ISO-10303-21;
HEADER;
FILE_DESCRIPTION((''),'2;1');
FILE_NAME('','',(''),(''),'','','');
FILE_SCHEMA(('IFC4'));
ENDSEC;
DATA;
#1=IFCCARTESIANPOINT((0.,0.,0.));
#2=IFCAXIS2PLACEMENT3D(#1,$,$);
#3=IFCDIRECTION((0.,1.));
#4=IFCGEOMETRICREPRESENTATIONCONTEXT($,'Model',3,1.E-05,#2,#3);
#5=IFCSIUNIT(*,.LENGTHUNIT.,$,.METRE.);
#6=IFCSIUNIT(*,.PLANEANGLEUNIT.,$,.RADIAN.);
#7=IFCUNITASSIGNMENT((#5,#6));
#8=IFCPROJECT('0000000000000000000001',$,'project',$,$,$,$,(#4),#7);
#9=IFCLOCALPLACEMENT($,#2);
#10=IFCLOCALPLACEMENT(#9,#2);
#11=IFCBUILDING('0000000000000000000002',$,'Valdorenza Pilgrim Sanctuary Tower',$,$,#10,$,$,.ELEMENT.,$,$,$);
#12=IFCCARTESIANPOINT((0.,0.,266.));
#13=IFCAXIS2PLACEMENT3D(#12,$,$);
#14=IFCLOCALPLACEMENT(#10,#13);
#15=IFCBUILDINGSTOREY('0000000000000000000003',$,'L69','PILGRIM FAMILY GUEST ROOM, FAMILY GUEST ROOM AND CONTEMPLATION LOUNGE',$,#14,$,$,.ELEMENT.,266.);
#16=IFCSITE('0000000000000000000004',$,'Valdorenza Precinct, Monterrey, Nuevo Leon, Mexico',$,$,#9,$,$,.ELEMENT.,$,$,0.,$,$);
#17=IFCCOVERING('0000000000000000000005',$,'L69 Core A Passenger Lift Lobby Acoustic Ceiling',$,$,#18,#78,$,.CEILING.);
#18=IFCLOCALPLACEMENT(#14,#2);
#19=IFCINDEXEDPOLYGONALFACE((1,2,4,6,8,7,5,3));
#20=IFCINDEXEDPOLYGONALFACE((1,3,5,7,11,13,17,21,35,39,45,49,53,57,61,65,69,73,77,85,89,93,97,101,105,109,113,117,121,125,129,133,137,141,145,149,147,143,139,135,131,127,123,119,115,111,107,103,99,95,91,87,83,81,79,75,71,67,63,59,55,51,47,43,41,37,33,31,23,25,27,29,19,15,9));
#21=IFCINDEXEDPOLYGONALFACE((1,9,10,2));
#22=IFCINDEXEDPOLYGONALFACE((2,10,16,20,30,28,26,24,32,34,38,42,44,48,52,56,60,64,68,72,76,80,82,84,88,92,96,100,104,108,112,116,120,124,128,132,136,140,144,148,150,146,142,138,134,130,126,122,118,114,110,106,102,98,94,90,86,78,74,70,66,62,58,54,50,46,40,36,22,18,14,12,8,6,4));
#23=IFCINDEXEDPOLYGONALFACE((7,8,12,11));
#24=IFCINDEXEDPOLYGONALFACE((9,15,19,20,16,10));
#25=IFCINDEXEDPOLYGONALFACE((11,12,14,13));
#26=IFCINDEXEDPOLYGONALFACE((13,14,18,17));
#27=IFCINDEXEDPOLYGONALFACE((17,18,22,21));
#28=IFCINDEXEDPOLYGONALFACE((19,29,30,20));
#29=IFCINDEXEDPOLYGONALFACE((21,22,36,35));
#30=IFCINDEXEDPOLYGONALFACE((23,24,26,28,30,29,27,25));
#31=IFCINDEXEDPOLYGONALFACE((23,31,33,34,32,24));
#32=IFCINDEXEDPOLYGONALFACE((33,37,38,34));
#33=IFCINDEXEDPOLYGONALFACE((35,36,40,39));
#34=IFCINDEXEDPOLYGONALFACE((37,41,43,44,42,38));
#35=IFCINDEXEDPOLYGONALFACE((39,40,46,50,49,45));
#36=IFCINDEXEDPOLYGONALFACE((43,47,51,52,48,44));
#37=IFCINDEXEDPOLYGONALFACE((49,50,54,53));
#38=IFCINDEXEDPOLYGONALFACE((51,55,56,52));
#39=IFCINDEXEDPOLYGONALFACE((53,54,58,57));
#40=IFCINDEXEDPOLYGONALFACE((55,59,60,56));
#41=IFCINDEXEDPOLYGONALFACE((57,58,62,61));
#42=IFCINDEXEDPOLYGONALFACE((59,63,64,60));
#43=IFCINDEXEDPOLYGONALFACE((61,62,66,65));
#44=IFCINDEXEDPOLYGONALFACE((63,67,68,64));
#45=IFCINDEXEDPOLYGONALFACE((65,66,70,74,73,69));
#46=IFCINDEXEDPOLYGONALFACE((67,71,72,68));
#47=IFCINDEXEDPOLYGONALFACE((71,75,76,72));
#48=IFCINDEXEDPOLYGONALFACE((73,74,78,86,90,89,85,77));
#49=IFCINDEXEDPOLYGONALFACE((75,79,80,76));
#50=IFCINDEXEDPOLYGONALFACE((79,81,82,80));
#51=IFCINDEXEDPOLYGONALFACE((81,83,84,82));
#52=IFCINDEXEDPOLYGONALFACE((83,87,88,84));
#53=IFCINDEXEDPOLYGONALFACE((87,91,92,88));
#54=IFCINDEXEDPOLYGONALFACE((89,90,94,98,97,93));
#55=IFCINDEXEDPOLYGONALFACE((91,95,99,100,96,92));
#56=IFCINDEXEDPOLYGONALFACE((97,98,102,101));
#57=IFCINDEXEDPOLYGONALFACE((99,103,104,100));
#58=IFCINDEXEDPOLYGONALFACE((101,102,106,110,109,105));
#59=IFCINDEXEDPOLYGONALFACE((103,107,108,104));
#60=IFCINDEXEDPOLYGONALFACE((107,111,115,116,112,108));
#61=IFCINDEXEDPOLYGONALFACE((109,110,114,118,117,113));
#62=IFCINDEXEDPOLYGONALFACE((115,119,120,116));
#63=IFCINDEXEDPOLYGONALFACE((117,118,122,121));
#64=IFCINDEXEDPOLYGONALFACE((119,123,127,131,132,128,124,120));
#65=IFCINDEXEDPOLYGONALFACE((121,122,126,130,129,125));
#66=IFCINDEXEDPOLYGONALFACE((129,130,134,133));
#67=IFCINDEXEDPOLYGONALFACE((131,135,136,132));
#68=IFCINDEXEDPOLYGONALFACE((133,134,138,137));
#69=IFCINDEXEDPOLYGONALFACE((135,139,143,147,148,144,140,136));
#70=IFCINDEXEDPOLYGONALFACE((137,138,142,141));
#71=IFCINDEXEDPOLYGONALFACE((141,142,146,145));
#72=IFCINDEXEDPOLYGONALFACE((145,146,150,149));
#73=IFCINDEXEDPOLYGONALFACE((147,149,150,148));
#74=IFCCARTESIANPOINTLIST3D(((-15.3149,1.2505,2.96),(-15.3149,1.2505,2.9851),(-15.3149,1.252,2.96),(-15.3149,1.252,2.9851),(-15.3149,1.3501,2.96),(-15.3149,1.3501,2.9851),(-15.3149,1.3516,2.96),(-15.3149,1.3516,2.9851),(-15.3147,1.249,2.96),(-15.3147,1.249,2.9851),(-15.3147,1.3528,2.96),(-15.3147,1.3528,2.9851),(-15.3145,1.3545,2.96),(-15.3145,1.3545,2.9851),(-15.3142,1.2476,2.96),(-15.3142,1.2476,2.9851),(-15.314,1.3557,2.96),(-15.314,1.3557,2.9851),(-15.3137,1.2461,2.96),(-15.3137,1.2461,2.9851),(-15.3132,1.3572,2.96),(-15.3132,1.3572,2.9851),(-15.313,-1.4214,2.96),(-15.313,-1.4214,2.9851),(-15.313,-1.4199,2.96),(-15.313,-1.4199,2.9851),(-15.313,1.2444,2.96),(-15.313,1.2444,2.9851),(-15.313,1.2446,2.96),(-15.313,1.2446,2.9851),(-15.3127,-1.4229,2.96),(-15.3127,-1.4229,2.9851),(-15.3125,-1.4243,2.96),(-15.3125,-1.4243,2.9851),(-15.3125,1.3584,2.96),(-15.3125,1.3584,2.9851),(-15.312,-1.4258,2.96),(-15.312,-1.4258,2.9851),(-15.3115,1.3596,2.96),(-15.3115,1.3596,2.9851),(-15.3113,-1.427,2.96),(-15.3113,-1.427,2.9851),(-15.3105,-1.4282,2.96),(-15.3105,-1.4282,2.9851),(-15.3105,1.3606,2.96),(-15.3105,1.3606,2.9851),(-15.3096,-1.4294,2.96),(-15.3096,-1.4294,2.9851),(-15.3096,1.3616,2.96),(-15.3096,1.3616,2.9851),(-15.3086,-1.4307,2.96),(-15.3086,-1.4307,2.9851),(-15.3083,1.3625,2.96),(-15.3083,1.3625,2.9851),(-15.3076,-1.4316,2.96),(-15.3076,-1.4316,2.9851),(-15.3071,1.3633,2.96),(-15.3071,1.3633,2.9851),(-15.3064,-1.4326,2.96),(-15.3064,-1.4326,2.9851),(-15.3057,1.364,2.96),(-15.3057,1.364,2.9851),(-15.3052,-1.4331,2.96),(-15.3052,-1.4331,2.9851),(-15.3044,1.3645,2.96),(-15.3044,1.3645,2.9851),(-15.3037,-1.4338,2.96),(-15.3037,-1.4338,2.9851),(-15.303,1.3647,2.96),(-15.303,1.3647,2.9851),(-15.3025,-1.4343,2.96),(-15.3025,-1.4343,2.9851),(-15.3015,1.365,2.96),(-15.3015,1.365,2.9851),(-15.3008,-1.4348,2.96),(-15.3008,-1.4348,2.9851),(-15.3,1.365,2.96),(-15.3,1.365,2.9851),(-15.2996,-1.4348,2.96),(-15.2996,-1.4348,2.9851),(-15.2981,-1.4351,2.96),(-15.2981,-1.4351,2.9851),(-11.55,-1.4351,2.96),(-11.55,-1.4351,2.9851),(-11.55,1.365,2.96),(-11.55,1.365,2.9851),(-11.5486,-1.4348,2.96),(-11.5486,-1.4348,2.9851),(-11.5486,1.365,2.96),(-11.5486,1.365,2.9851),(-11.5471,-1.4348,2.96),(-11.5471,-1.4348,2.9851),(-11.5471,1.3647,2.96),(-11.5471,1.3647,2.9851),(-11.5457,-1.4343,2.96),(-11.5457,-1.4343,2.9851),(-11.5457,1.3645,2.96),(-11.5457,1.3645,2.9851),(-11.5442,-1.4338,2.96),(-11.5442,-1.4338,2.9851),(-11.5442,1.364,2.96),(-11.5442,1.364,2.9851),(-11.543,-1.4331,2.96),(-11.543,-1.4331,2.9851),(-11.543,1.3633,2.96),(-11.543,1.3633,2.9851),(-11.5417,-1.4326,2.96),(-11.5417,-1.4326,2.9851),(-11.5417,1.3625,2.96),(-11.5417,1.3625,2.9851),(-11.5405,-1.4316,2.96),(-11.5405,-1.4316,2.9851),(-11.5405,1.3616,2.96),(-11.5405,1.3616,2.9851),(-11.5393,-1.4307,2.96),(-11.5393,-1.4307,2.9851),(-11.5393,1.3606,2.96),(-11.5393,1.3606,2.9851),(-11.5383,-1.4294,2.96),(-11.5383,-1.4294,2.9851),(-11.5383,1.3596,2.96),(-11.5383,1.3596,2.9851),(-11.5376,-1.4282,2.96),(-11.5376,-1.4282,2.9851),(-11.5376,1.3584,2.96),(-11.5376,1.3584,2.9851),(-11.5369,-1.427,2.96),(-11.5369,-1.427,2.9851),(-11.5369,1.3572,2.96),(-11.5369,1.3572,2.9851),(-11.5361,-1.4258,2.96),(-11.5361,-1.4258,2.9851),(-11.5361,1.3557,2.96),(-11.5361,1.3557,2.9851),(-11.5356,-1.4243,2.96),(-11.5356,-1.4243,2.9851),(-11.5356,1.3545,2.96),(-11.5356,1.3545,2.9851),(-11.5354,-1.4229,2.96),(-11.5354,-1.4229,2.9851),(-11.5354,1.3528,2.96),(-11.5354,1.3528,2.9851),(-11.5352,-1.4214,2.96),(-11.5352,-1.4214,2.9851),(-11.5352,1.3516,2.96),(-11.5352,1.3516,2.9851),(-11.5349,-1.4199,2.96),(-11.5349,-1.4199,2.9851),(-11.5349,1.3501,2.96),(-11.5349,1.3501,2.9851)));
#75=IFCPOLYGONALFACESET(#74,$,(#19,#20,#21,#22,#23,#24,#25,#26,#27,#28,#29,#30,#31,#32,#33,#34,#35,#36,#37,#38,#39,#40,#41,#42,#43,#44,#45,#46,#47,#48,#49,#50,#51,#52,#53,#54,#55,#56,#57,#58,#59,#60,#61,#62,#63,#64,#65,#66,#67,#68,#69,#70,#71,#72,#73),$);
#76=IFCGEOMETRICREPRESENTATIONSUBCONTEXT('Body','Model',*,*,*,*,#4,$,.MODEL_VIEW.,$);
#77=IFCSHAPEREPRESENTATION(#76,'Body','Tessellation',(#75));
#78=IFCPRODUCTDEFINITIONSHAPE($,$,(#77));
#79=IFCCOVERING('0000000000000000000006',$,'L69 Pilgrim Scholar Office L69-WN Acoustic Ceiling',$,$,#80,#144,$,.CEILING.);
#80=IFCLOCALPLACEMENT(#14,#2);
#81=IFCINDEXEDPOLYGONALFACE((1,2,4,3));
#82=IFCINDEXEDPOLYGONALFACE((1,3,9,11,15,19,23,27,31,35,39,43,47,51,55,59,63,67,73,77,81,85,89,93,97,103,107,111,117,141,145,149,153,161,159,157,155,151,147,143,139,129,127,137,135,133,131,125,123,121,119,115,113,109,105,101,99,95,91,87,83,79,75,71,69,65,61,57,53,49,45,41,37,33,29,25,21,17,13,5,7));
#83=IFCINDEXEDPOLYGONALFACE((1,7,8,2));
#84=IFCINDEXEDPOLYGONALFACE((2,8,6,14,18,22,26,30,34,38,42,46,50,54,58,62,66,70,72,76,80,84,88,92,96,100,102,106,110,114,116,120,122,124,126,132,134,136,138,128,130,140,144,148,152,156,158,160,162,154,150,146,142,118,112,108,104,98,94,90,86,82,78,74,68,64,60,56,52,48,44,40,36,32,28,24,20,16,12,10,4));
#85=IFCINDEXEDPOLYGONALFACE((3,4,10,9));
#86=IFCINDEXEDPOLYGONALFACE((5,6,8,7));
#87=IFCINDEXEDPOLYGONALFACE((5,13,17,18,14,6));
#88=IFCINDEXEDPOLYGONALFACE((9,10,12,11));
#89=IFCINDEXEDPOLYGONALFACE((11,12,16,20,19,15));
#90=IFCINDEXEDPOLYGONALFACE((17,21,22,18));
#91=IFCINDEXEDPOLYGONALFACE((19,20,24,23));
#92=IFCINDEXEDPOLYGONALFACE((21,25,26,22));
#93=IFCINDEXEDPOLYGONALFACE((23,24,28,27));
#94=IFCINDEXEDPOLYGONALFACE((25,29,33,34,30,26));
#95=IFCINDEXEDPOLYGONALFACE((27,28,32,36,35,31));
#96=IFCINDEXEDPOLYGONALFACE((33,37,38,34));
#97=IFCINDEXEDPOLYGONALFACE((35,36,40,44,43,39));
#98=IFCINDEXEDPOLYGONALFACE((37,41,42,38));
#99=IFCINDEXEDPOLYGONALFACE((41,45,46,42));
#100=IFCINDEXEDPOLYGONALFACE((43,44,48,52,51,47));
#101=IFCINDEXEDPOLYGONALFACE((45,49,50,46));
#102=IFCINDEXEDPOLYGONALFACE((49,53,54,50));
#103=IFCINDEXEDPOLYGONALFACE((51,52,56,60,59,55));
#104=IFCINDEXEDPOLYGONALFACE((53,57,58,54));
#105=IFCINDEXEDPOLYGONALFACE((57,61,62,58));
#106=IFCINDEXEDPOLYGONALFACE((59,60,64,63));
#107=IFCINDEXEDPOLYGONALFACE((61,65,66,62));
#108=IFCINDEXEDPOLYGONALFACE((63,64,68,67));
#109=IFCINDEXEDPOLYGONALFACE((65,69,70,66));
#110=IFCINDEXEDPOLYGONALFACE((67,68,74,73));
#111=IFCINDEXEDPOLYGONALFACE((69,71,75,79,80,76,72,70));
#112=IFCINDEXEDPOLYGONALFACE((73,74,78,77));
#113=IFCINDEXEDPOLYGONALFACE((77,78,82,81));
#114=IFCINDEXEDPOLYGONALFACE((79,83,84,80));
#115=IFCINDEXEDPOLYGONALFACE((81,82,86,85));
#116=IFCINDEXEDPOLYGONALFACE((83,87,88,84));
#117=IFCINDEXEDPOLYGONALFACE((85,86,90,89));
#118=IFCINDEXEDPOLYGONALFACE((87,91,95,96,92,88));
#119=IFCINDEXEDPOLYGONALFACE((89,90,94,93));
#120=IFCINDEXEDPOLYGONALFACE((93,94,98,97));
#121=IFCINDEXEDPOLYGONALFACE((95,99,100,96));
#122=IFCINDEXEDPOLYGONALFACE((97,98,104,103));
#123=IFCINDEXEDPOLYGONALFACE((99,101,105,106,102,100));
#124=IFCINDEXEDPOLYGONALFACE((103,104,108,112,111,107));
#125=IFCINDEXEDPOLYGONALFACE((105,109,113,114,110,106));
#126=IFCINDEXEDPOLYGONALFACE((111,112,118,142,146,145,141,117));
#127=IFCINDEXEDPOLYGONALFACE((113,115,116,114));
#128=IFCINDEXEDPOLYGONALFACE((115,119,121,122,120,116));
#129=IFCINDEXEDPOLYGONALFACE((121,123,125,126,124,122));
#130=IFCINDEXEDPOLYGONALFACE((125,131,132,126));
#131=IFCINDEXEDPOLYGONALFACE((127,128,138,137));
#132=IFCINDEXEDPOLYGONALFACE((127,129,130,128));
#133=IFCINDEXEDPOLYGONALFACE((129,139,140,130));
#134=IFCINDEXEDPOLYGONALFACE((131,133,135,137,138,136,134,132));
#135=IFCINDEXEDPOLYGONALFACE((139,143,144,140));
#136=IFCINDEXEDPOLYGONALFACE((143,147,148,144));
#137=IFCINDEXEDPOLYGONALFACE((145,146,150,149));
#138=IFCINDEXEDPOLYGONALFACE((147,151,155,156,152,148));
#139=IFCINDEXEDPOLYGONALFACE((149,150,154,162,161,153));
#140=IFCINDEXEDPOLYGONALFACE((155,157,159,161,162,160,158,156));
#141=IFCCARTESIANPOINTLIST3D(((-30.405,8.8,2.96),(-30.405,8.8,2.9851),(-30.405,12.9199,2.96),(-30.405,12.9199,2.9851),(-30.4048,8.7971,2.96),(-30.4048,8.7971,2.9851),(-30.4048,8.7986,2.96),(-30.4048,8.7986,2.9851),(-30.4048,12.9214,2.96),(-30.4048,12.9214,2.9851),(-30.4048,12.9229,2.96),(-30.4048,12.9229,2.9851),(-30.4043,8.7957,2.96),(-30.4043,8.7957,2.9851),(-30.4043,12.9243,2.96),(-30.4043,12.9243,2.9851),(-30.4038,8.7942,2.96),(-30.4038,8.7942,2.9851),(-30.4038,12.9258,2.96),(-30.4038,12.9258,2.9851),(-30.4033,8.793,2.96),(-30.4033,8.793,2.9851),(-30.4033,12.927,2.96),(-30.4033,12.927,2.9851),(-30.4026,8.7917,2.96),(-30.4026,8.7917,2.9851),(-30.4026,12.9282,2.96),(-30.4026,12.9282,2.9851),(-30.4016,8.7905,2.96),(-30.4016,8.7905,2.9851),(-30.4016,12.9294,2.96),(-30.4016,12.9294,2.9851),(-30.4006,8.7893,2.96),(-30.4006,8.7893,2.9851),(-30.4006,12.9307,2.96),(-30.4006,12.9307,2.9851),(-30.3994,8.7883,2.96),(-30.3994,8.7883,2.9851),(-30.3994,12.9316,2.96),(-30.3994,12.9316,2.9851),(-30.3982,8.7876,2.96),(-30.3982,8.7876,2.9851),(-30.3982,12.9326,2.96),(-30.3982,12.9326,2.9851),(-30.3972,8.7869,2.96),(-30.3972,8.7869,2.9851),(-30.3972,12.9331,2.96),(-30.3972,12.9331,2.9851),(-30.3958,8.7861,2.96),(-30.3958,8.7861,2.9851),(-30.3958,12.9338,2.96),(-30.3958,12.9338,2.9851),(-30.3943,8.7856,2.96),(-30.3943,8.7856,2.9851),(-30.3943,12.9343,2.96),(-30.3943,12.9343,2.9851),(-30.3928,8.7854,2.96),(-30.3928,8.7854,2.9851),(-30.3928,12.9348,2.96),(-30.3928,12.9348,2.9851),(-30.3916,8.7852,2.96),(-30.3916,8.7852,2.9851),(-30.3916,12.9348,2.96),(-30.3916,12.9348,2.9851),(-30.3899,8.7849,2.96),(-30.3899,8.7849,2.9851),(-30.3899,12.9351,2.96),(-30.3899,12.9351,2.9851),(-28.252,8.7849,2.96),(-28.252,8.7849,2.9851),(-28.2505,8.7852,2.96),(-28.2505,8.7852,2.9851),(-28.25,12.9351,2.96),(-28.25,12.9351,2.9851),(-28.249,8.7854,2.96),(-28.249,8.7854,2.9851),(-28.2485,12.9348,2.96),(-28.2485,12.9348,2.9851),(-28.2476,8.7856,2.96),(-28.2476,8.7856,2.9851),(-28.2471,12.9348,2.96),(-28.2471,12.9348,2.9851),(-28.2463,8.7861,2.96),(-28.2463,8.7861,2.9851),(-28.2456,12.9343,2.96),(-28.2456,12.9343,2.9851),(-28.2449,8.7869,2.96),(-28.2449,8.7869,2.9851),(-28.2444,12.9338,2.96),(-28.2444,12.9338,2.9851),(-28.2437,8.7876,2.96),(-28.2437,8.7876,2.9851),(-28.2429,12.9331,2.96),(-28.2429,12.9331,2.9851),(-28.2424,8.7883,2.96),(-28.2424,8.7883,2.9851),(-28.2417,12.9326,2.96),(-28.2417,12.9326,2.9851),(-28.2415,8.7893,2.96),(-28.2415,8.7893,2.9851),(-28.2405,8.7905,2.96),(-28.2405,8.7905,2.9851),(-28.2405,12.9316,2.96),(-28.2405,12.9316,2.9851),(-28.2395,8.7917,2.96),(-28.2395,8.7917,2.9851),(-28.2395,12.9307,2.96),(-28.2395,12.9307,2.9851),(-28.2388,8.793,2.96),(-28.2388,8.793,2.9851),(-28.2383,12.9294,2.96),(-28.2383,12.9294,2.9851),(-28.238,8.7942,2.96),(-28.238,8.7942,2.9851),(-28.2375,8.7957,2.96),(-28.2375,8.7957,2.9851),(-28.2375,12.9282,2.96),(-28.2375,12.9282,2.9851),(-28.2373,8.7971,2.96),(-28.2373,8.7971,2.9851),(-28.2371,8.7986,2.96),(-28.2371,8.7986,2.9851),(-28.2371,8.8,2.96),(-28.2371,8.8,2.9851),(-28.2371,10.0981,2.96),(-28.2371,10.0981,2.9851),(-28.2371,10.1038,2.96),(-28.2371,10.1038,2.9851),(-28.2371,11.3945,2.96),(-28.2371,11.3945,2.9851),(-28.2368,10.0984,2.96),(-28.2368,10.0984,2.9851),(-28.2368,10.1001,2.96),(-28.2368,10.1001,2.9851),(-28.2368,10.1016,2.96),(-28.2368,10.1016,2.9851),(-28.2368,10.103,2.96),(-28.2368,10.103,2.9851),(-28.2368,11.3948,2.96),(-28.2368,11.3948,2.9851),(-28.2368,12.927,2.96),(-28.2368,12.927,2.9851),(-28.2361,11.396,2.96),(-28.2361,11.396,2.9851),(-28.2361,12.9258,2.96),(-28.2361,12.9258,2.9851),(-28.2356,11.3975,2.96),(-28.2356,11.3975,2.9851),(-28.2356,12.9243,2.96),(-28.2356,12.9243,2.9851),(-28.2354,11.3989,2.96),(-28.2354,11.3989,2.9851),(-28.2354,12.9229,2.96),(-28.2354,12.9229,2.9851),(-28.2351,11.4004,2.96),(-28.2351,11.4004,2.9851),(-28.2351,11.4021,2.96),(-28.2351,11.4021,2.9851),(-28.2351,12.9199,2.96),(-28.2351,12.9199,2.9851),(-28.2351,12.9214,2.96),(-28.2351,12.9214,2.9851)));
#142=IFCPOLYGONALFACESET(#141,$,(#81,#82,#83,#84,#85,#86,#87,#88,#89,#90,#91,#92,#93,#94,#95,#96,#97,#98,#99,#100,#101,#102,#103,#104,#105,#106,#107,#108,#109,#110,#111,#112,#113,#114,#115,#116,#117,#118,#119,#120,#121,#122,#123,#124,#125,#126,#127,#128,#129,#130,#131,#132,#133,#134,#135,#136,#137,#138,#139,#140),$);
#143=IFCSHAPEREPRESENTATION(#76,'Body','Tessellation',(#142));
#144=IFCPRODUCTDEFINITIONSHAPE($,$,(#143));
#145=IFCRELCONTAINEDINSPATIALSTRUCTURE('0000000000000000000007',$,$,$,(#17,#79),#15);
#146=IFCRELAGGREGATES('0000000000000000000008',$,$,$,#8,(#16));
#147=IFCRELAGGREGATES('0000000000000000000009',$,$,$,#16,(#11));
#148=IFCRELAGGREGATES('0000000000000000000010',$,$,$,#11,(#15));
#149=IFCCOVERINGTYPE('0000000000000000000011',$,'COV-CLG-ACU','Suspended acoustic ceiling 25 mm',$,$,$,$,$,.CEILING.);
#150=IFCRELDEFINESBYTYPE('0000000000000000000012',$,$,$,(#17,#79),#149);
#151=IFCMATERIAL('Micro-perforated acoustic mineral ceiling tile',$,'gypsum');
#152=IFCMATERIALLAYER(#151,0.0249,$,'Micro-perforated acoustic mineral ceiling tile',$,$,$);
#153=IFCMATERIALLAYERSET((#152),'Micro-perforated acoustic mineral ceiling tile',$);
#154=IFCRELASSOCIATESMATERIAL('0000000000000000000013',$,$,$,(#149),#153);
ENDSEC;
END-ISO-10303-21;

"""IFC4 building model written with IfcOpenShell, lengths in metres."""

from ifc_helpers import new_model, si_unit, direction, frame, origin, place, context, subcontext, project, spatial, polyline, outline, extrude, material, layer, layer_set, type_object, element, save


model = new_model("IFC4")

# Units and contexts
model_context = context("Model", 3, precision=1e-05, world=origin(), true_north=direction((0.0, 1.0)))
body_context = subcontext(model_context, "Body", "Model", "MODEL_VIEW")
ifc_project = project(units=[si_unit("LENGTHUNIT", "METRE"), si_unit("PLANEANGLEUNIT", "RADIAN")], contexts=[model_context])

# Site, building, storey
site_placement = place(None, origin())
site = spatial("IfcSite", under=ifc_project, at=site_placement, Name="Valdorenza Precinct, Monterrey, Nuevo Leon, Mexico", CompositionType="ELEMENT", RefElevation=0.0)
building_placement = place(site_placement, origin())
building = spatial("IfcBuilding", under=site, at=building_placement, Name="Valdorenza Pilgrim Sanctuary Tower", CompositionType="ELEMENT")
storey_placement = place(building_placement, frame((0.0, 0.0, 266.0)))
storey = spatial("IfcBuildingStorey", under=building, at=storey_placement, Name="L69", Description="PILGRIM FAMILY GUEST ROOM, FAMILY GUEST ROOM AND CONTEMPLATION LOUNGE", CompositionType="ELEMENT", Elevation=266.0)

# Coverings
ifc_material_1 = material(Name="Micro-perforated acoustic mineral ceiling tile", Category="gypsum")
ifc_layer_1 = layer(ifc_material_1, 0.0249, Name="Micro-perforated acoustic mineral ceiling tile")
ifc_layer_set_1 = layer_set([ifc_layer_1], Name="Micro-perforated acoustic mineral ceiling tile")
covering_type_1 = type_object("IfcCoveringType", Name="COV-CLG-ACU", Description="Suspended acoustic ceiling 25 mm", PredefinedType="CEILING", material=ifc_layer_set_1)
covering_1_placement = place(storey_placement, frame((0.0, 0.0, 2.96)))
element("IfcCovering", 1, at=covering_1_placement, inside=storey, type_object=covering_type_1, Name="L69 Core A Passenger Lift Lobby Acoustic Ceiling", PredefinedType="CEILING", context=body_context, shape_type="SweptSolid", body=[
    extrude(outline(polyline([(-15.3149, 1.3501), (-15.3149, 1.3516), (-15.3147, 1.3528), (-15.3145, 1.3545), (-15.314, 1.3557), (-15.3132, 1.3572), (-15.3125, 1.3584), (-15.3115, 1.3596), (-15.3105, 1.3606), (-15.3096, 1.3616), (-15.3083, 1.3625), (-15.3071, 1.3633), (-15.3057, 1.364), (-15.3044, 1.3645), (-15.303, 1.3647), (-15.3015, 1.365), (-15.3, 1.365), (-11.55, 1.365), (-11.5486, 1.365), (-11.5471, 1.3647), (-11.5457, 1.3645), (-11.5442, 1.364), (-11.543, 1.3633), (-11.5417, 1.3625), (-11.5405, 1.3616), (-11.5393, 1.3606), (-11.5383, 1.3596), (-11.5376, 1.3584), (-11.5369, 1.3572), (-11.5361, 1.3557), (-11.5356, 1.3545), (-11.5354, 1.3528), (-11.5352, 1.3516), (-11.5349, 1.3501), (-11.5349, -1.4199), (-11.5352, -1.4214), (-11.5354, -1.4229), (-11.5356, -1.4243), (-11.5361, -1.4258), (-11.5369, -1.427), (-11.5376, -1.4282), (-11.5383, -1.4294), (-11.5393, -1.4307), (-11.5405, -1.4316), (-11.5417, -1.4326), (-11.543, -1.4331), (-11.5442, -1.4338), (-11.5457, -1.4343), (-11.5471, -1.4348), (-11.5486, -1.4348), (-11.55, -1.4351), (-15.2981, -1.4351), (-15.2996, -1.4348), (-15.3008, -1.4348), (-15.3025, -1.4343), (-15.3037, -1.4338), (-15.3052, -1.4331), (-15.3064, -1.4326), (-15.3076, -1.4316), (-15.3086, -1.4307), (-15.3096, -1.4294), (-15.3105, -1.4282), (-15.3113, -1.427), (-15.312, -1.4258), (-15.3125, -1.4243), (-15.3127, -1.4229), (-15.313, -1.4214), (-15.313, -1.4199), (-15.313, 1.2444), (-15.313, 1.2446), (-15.3137, 1.2461), (-15.3142, 1.2476), (-15.3147, 1.249), (-15.3149, 1.2505), (-15.3149, 1.252), (-15.3149, 1.3501)])), origin(), (0.0, 0.0, 1.0), 0.0251),
])
covering_2_placement = place(storey_placement, frame((0.0, 0.0, 2.96)))
element("IfcCovering", 2, at=covering_2_placement, inside=storey, type_object=covering_type_1, Name="L69 Pilgrim Scholar Office L69-WN Acoustic Ceiling", PredefinedType="CEILING", context=body_context, shape_type="SweptSolid", body=[
    extrude(outline(polyline([(-28.2371, 11.3945), (-28.2371, 10.1038), (-28.2368, 10.103), (-28.2368, 10.1016), (-28.2368, 10.1001), (-28.2368, 10.0984), (-28.2371, 10.0981), (-28.2371, 8.8), (-28.2371, 8.7986), (-28.2373, 8.7971), (-28.2375, 8.7957), (-28.238, 8.7942), (-28.2388, 8.793), (-28.2395, 8.7917), (-28.2405, 8.7905), (-28.2415, 8.7893), (-28.2424, 8.7883), (-28.2437, 8.7876), (-28.2449, 8.7869), (-28.2463, 8.7861), (-28.2476, 8.7856), (-28.249, 8.7854), (-28.2505, 8.7852), (-28.252, 8.7849), (-30.3899, 8.7849), (-30.3916, 8.7852), (-30.3928, 8.7854), (-30.3943, 8.7856), (-30.3958, 8.7861), (-30.3972, 8.7869), (-30.3982, 8.7876), (-30.3994, 8.7883), (-30.4006, 8.7893), (-30.4016, 8.7905), (-30.4026, 8.7917), (-30.4033, 8.793), (-30.4038, 8.7942), (-30.4043, 8.7957), (-30.4048, 8.7971), (-30.4048, 8.7986), (-30.405, 8.8), (-30.405, 12.9199), (-30.4048, 12.9214), (-30.4048, 12.9229), (-30.4043, 12.9243), (-30.4038, 12.9258), (-30.4033, 12.927), (-30.4026, 12.9282), (-30.4016, 12.9294), (-30.4006, 12.9307), (-30.3994, 12.9316), (-30.3982, 12.9326), (-30.3972, 12.9331), (-30.3958, 12.9338), (-30.3943, 12.9343), (-30.3928, 12.9348), (-30.3916, 12.9348), (-30.3899, 12.9351), (-28.25, 12.9351), (-28.2485, 12.9348), (-28.2471, 12.9348), (-28.2456, 12.9343), (-28.2444, 12.9338), (-28.2429, 12.9331), (-28.2417, 12.9326), (-28.2405, 12.9316), (-28.2395, 12.9307), (-28.2383, 12.9294), (-28.2375, 12.9282), (-28.2368, 12.927), (-28.2361, 12.9258), (-28.2356, 12.9243), (-28.2354, 12.9229), (-28.2351, 12.9214), (-28.2351, 12.9199), (-28.2351, 11.4021), (-28.2351, 11.4004), (-28.2354, 11.3989), (-28.2356, 11.3975), (-28.2361, 11.396), (-28.2368, 11.3948), (-28.2371, 11.3945)])), origin(), (0.0, 0.0, 1.0), 0.0251),
])

save(model, "model.ifc")
